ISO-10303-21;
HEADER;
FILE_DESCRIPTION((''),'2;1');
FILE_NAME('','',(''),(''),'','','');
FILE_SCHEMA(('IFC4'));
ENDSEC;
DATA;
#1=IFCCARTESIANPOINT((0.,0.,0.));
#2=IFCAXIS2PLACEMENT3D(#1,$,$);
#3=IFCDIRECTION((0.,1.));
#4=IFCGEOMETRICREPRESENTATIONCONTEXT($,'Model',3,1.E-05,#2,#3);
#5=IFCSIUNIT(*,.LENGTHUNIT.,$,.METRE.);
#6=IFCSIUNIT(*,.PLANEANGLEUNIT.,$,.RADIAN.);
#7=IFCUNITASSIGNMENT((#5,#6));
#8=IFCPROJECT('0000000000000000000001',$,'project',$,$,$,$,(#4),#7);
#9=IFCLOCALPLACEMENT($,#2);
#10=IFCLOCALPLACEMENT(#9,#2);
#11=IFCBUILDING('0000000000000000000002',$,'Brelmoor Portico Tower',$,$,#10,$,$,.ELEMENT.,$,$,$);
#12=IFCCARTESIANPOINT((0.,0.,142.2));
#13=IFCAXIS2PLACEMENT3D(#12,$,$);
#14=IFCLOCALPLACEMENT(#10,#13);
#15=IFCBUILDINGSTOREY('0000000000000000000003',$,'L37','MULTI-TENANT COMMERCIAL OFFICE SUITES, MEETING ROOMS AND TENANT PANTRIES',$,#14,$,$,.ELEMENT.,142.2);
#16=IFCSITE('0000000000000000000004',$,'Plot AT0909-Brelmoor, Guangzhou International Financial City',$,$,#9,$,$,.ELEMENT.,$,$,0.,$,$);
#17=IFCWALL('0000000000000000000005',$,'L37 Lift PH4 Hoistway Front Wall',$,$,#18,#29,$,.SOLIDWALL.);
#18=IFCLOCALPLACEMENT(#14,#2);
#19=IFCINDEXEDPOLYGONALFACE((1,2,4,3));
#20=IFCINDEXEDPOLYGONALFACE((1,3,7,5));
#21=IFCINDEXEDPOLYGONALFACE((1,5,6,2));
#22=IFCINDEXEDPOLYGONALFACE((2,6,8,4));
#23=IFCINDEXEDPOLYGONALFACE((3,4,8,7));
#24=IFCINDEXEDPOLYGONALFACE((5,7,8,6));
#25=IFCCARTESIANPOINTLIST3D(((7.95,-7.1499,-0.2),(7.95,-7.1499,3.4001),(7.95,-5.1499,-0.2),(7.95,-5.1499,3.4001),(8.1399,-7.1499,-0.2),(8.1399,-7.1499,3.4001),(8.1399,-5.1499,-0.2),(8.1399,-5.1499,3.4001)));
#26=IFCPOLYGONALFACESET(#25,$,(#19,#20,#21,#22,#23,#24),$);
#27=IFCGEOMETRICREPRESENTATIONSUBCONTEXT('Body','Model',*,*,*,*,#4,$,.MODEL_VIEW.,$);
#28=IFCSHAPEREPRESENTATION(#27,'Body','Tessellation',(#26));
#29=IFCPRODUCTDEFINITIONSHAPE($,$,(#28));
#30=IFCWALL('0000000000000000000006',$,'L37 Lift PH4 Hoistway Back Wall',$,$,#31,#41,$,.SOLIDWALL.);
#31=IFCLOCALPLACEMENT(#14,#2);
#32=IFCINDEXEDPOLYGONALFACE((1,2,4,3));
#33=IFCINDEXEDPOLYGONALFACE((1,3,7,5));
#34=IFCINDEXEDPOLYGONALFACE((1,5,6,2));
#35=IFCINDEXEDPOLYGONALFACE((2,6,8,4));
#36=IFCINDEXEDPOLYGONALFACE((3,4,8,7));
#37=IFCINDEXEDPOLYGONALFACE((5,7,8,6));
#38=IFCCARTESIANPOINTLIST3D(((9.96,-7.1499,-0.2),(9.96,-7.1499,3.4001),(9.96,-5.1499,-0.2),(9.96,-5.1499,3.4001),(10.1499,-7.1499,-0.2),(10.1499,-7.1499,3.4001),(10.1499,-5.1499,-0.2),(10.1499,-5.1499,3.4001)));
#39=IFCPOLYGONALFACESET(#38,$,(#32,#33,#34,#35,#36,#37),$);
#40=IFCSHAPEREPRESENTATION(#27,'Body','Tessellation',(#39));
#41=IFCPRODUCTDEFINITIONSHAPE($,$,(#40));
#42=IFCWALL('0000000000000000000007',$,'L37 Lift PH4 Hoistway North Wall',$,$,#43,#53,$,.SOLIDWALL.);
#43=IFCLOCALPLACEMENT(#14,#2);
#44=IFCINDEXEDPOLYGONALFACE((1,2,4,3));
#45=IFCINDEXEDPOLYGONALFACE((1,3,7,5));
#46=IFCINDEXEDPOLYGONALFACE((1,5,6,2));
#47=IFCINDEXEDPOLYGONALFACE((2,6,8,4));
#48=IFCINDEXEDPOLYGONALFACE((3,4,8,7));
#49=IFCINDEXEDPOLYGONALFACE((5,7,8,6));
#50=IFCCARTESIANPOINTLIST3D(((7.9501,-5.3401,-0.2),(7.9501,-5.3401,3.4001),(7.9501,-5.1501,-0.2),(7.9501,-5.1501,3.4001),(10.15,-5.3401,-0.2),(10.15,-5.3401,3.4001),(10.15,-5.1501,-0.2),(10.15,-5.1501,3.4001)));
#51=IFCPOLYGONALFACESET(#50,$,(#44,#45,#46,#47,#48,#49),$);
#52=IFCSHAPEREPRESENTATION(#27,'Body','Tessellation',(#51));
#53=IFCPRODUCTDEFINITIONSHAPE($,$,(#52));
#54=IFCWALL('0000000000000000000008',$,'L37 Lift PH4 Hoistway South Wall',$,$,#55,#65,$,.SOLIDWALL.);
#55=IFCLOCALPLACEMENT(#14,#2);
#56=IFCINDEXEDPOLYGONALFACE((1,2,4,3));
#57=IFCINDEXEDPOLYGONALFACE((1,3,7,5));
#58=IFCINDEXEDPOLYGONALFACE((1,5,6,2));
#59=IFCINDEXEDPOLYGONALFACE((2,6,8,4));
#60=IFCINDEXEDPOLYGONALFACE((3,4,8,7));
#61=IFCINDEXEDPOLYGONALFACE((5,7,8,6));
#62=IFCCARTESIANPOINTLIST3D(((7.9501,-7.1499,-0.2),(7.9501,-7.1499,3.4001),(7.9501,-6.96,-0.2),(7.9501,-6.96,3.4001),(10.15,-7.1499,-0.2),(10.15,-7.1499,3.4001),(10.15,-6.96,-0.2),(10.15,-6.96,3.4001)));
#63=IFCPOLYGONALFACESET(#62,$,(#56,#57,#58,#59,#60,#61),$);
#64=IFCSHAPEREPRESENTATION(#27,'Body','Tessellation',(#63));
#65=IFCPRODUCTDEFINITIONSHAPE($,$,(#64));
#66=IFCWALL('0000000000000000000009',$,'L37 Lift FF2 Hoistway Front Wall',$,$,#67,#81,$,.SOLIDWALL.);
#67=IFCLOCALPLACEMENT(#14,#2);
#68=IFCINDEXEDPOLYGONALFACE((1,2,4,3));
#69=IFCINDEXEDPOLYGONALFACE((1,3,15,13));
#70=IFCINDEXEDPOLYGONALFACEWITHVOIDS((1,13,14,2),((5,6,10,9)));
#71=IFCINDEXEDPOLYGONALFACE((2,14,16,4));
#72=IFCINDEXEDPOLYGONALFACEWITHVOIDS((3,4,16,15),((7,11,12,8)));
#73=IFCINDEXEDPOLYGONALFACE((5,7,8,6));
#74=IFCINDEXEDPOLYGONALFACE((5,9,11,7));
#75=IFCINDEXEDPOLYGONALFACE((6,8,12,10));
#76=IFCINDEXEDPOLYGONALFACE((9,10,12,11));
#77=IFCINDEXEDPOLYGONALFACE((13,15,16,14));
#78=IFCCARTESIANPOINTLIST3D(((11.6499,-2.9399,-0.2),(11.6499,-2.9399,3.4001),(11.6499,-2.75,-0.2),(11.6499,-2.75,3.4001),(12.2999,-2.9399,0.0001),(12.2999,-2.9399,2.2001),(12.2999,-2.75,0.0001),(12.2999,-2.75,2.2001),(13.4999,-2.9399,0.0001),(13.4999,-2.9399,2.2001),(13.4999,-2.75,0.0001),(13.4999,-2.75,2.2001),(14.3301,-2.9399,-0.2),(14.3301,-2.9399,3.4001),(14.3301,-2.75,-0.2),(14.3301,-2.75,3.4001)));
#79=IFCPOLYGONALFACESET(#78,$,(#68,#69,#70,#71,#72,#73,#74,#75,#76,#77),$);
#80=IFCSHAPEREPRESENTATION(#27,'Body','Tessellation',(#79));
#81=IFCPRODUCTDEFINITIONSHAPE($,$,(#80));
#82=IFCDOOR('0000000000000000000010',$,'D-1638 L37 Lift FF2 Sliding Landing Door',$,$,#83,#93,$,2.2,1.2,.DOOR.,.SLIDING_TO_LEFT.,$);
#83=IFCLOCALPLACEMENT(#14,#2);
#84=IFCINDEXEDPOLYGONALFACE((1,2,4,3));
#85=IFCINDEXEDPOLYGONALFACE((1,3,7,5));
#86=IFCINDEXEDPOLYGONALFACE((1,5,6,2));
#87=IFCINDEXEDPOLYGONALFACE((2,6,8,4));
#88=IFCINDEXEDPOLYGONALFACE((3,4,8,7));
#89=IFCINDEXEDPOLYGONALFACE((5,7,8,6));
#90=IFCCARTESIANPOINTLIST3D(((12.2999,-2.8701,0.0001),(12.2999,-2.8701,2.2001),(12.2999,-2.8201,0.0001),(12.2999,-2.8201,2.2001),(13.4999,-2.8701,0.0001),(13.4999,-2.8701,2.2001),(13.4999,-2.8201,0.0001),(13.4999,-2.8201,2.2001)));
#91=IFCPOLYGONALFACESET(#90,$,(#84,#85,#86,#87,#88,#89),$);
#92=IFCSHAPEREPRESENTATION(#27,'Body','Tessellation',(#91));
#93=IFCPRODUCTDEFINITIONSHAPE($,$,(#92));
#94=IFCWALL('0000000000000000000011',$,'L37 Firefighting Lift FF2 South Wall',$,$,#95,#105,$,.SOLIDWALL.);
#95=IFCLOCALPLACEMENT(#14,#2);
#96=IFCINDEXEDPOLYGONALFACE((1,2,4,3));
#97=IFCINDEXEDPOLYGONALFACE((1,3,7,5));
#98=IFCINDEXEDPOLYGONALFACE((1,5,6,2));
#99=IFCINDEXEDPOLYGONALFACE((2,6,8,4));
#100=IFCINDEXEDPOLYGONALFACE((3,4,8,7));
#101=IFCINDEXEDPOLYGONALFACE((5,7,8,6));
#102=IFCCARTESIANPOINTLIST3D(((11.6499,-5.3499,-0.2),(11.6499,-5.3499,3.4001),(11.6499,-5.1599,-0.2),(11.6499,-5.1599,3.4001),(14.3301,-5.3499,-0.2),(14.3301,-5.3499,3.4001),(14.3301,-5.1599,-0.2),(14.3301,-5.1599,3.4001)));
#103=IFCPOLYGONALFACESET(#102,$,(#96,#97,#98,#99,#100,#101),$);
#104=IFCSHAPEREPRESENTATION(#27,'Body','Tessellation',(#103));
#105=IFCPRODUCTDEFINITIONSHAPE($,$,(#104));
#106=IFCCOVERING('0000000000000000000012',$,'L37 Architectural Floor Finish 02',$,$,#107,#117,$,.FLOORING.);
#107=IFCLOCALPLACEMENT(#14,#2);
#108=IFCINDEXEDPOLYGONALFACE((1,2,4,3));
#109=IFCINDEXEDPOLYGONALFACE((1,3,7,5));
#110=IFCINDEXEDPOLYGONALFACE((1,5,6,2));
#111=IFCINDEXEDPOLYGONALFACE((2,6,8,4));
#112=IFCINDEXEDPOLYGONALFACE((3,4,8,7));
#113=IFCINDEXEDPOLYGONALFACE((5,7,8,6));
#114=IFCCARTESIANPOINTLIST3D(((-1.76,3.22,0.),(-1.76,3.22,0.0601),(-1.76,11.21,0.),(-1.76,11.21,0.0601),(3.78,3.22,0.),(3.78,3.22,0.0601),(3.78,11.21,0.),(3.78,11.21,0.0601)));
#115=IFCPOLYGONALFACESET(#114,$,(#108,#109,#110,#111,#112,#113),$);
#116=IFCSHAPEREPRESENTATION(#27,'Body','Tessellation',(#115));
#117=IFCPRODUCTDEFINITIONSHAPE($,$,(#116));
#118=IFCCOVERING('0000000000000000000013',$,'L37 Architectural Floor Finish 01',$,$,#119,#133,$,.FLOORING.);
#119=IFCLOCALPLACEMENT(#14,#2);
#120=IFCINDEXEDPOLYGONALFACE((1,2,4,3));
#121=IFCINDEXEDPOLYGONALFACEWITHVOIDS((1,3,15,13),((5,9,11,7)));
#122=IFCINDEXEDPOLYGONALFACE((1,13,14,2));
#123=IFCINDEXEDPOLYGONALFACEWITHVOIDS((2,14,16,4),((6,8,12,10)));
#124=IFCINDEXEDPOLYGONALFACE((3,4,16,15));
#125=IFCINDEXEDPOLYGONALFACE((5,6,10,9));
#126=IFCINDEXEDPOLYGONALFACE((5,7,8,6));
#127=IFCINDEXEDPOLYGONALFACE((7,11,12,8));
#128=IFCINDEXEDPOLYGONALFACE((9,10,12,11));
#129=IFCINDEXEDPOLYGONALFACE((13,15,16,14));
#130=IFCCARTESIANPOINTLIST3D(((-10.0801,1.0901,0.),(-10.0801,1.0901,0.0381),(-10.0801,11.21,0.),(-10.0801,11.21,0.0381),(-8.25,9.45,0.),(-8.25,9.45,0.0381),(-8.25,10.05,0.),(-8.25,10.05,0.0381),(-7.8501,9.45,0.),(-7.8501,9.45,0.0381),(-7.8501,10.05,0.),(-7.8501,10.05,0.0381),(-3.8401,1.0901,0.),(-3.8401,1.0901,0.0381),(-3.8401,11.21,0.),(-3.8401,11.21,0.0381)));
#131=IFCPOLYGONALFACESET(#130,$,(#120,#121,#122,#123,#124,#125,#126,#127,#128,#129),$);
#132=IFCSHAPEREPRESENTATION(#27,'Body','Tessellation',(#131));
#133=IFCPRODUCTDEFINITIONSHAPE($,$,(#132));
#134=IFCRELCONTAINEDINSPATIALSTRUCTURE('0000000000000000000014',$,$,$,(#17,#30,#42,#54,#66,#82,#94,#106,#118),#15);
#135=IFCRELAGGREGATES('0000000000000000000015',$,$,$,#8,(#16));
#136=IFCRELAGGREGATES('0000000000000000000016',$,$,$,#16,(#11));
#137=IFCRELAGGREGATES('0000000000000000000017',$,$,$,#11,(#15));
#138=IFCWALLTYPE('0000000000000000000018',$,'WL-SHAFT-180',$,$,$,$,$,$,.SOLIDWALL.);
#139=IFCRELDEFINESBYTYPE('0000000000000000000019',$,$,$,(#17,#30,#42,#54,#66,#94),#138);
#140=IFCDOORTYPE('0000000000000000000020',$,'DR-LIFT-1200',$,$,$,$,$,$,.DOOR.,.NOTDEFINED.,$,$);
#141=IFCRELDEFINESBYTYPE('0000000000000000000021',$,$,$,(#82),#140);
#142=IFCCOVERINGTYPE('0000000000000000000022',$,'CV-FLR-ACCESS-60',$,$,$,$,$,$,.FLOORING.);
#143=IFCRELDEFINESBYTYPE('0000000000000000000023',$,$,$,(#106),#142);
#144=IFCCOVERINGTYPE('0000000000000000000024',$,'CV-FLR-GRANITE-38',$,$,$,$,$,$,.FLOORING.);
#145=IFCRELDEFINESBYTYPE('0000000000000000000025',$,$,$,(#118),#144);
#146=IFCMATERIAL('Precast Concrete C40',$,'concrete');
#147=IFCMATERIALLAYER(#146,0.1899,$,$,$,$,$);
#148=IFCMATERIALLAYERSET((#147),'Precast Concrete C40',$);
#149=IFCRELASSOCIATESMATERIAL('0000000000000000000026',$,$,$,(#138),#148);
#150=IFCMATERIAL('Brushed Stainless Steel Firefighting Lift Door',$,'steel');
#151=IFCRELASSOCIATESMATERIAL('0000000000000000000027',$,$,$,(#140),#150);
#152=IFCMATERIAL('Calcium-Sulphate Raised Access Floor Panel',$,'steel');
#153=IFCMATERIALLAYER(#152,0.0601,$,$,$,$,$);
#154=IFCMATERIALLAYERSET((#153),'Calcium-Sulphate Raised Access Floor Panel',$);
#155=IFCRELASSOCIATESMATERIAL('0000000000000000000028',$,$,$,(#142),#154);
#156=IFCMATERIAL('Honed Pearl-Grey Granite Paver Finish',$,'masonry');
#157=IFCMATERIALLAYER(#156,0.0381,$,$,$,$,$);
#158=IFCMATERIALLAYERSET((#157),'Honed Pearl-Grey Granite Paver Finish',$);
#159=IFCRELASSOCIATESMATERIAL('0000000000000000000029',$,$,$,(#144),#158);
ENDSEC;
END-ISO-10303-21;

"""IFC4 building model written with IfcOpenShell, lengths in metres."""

from ifc_helpers import new_model, si_unit, direction, frame, frame_2d, origin, place, context, subcontext, project, spatial, polyline, rectangle, outline, extrude, material, layer, layer_set, type_object, element, fill, save


model = new_model("IFC4")

# Units and contexts
model_context = context("Model", 3, precision=1e-05, world=origin(), true_north=direction((0.0, 1.0)))
body_context = subcontext(model_context, "Body", "Model", "MODEL_VIEW")
ifc_project = project(units=[si_unit("LENGTHUNIT", "METRE"), si_unit("PLANEANGLEUNIT", "RADIAN")], contexts=[model_context])

# Site, building, storey
site_placement = place(None, origin())
site = spatial("IfcSite", under=ifc_project, at=site_placement, Name="Plot AT0909-Brelmoor, Guangzhou International Financial City", CompositionType="ELEMENT", RefElevation=0.0)
building_placement = place(site_placement, origin())
building = spatial("IfcBuilding", under=site, at=building_placement, Name="Brelmoor Portico Tower", CompositionType="ELEMENT")
storey_placement = place(building_placement, frame((0.0, 0.0, 142.2)))
storey = spatial("IfcBuildingStorey", under=building, at=storey_placement, Name="L37", Description="MULTI-TENANT COMMERCIAL OFFICE SUITES, MEETING ROOMS AND TENANT PANTRIES", CompositionType="ELEMENT", Elevation=142.2)

# Walls
ifc_material_1 = material(Name="Precast Concrete C40", Category="concrete")
ifc_layer_1 = layer(ifc_material_1, 0.1899)
ifc_layer_set_1 = layer_set([ifc_layer_1], Name="Precast Concrete C40")
wall_type_1 = type_object("IfcWallType", Name="WL-SHAFT-180", PredefinedType="SOLIDWALL", material=ifc_layer_set_1)
for number, where, z_axis, x_axis, name in (
    (1, (8.0449, -7.1499, -0.2), (0.0, 0.0, 1.0), (0.0, 1.0, 0.0), "L37 Lift PH4 Hoistway Front Wall"),
    (2, (10.0549, -7.1499, -0.2), (0.0, 0.0, 1.0), (0.0, 1.0, 0.0), "L37 Lift PH4 Hoistway Back Wall"),
):
    element("IfcWall", number, at=place(storey_placement, frame(where, z_axis=z_axis, x_axis=x_axis)), inside=storey, type_object=wall_type_1, Name=name, PredefinedType="SOLIDWALL", context=body_context, shape_type="SweptSolid", body=[
        extrude(rectangle(XDim=2.0, YDim=0.1899, at=frame_2d((1.0, 0.0))), origin(), (0.0, 0.0, 1.0), 3.6001),
    ])
for number, where, z_axis, x_axis, name in (
    (3, (7.95, -5.2451, -0.2), (0.0, 0.0, 1.0), (1.0, 0.0, 0.0), "L37 Lift PH4 Hoistway North Wall"),
    (4, (7.95, -7.0549, -0.2), (0.0, 0.0, 1.0), (1.0, 0.0, 0.0), "L37 Lift PH4 Hoistway South Wall"),
):
    element("IfcWall", number, at=place(storey_placement, frame(where, z_axis=z_axis, x_axis=x_axis)), inside=storey, type_object=wall_type_1, Name=name, PredefinedType="SOLIDWALL", context=body_context, shape_type="SweptSolid", body=[
        extrude(rectangle(XDim=2.2, YDim=0.1899, at=frame_2d((1.1001, 0.0))), origin(), (0.0, 0.0, 1.0), 3.6001),
    ])

# Wall, opening, door
wall_1_placement = place(storey_placement, frame((11.6499, -2.845, -0.2), z_axis=(0.0, 0.0, 1.0), x_axis=(1.0, 0.0, 0.0)))
wall_1 = element("IfcWall", 5, at=wall_1_placement, inside=storey, type_object=wall_type_1, Name="L37 Lift FF2 Hoistway Front Wall", PredefinedType="SOLIDWALL", context=body_context, shape_type="SweptSolid", body=[
    extrude(rectangle(XDim=2.6802, YDim=0.1899, at=frame_2d((1.3401, 0.0))), origin(), (0.0, 0.0, 1.0), 3.6001),
])
opening_1_placement = place(wall_1_placement, frame((0.6499, 0.0, 0.2)))
opening_1 = element("IfcOpeningElement", 6, at=opening_1_placement, cuts=wall_1, PredefinedType="OPENING", context=body_context, shape_type="SweptSolid", body=[
    extrude(rectangle(XDim=1.2, YDim=2.2, at=frame_2d((0.6001, 1.1001))), frame((0.0, 0.105, 0.0), z_axis=(0.0, -1.0, 0.0), x_axis=(1.0, 0.0, 0.0)), (0.0, 0.0, 1.0), 0.21),
])
ifc_material_2 = material(Name="Brushed Stainless Steel Firefighting Lift Door", Category="steel")
door_type_1 = type_object("IfcDoorType", Name="DR-LIFT-1200", OperationType="NOTDEFINED", PredefinedType="DOOR", material=ifc_material_2)
door_1_placement = place(opening_1_placement, origin())
door_1 = element("IfcDoor", 7, at=door_1_placement, inside=storey, type_object=door_type_1, Name="D-1638 L37 Lift FF2 Sliding Landing Door", OperationType="SLIDING_TO_LEFT", OverallHeight=2.2, OverallWidth=1.2, PredefinedType="DOOR", context=body_context, shape_type="SweptSolid", body=[
    extrude(rectangle(XDim=1.2, YDim=2.2, at=frame_2d((0.6001, 1.1001))), frame((0.0, 0.0249, 0.0), z_axis=(0.0, -1.0, 0.0), x_axis=(1.0, 0.0, 0.0)), (0.0, 0.0, 1.0), 0.05),
])
fill(opening_1, door_1)

# Wall
wall_2_placement = place(storey_placement, frame((11.6499, -5.2549, -0.2), z_axis=(0.0, 0.0, 1.0), x_axis=(1.0, 0.0, 0.0)))
element("IfcWall", 8, at=wall_2_placement, inside=storey, type_object=wall_type_1, Name="L37 Firefighting Lift FF2 South Wall", PredefinedType="SOLIDWALL", context=body_context, shape_type="SweptSolid", body=[
    extrude(rectangle(XDim=2.6802, YDim=0.1899, at=frame_2d((1.3401, 0.0))), origin(), (0.0, 0.0, 1.0), 3.6001),
])

# Coverings
ifc_material_3 = material(Name="Calcium-Sulphate Raised Access Floor Panel", Category="steel")
ifc_layer_2 = layer(ifc_material_3, 0.0601)
ifc_layer_set_2 = layer_set([ifc_layer_2], Name="Calcium-Sulphate Raised Access Floor Panel")
covering_type_1 = type_object("IfcCoveringType", Name="CV-FLR-ACCESS-60", PredefinedType="FLOORING", material=ifc_layer_set_2)
covering_1_placement = place(storey_placement, origin())
element("IfcCovering", 9, at=covering_1_placement, inside=storey, type_object=covering_type_1, Name="L37 Architectural Floor Finish 02", PredefinedType="FLOORING", context=body_context, shape_type="SweptSolid", body=[
    extrude(outline(polyline([(-1.76, 3.22), (-1.76, 11.21), (3.78, 11.21), (3.78, 3.22), (-1.76, 3.22)])), origin(), (0.0, 0.0, 1.0), 0.0601),
])
ifc_material_4 = material(Name="Honed Pearl-Grey Granite Paver Finish", Category="masonry")
ifc_layer_3 = layer(ifc_material_4, 0.0381)
ifc_layer_set_3 = layer_set([ifc_layer_3], Name="Honed Pearl-Grey Granite Paver Finish")
covering_type_2 = type_object("IfcCoveringType", Name="CV-FLR-GRANITE-38", PredefinedType="FLOORING", material=ifc_layer_set_3)
covering_2_placement = place(storey_placement, origin())
element("IfcCovering", 10, at=covering_2_placement, inside=storey, type_object=covering_type_2, Name="L37 Architectural Floor Finish 01", PredefinedType="FLOORING", context=body_context, shape_type="SweptSolid", body=[
    extrude(outline(polyline([(-10.0801, 11.21), (-3.8401, 11.21), (-3.8401, 1.0901), (-10.0801, 1.0901), (-10.0801, 11.21)]), holes=[polyline([(-7.8501, 9.45), (-7.8501, 10.05), (-8.25, 10.05), (-8.25, 9.45), (-7.8501, 9.45)])]), origin(), (0.0, 0.0, 1.0), 0.0381),
])

save(model, "model.ifc")
